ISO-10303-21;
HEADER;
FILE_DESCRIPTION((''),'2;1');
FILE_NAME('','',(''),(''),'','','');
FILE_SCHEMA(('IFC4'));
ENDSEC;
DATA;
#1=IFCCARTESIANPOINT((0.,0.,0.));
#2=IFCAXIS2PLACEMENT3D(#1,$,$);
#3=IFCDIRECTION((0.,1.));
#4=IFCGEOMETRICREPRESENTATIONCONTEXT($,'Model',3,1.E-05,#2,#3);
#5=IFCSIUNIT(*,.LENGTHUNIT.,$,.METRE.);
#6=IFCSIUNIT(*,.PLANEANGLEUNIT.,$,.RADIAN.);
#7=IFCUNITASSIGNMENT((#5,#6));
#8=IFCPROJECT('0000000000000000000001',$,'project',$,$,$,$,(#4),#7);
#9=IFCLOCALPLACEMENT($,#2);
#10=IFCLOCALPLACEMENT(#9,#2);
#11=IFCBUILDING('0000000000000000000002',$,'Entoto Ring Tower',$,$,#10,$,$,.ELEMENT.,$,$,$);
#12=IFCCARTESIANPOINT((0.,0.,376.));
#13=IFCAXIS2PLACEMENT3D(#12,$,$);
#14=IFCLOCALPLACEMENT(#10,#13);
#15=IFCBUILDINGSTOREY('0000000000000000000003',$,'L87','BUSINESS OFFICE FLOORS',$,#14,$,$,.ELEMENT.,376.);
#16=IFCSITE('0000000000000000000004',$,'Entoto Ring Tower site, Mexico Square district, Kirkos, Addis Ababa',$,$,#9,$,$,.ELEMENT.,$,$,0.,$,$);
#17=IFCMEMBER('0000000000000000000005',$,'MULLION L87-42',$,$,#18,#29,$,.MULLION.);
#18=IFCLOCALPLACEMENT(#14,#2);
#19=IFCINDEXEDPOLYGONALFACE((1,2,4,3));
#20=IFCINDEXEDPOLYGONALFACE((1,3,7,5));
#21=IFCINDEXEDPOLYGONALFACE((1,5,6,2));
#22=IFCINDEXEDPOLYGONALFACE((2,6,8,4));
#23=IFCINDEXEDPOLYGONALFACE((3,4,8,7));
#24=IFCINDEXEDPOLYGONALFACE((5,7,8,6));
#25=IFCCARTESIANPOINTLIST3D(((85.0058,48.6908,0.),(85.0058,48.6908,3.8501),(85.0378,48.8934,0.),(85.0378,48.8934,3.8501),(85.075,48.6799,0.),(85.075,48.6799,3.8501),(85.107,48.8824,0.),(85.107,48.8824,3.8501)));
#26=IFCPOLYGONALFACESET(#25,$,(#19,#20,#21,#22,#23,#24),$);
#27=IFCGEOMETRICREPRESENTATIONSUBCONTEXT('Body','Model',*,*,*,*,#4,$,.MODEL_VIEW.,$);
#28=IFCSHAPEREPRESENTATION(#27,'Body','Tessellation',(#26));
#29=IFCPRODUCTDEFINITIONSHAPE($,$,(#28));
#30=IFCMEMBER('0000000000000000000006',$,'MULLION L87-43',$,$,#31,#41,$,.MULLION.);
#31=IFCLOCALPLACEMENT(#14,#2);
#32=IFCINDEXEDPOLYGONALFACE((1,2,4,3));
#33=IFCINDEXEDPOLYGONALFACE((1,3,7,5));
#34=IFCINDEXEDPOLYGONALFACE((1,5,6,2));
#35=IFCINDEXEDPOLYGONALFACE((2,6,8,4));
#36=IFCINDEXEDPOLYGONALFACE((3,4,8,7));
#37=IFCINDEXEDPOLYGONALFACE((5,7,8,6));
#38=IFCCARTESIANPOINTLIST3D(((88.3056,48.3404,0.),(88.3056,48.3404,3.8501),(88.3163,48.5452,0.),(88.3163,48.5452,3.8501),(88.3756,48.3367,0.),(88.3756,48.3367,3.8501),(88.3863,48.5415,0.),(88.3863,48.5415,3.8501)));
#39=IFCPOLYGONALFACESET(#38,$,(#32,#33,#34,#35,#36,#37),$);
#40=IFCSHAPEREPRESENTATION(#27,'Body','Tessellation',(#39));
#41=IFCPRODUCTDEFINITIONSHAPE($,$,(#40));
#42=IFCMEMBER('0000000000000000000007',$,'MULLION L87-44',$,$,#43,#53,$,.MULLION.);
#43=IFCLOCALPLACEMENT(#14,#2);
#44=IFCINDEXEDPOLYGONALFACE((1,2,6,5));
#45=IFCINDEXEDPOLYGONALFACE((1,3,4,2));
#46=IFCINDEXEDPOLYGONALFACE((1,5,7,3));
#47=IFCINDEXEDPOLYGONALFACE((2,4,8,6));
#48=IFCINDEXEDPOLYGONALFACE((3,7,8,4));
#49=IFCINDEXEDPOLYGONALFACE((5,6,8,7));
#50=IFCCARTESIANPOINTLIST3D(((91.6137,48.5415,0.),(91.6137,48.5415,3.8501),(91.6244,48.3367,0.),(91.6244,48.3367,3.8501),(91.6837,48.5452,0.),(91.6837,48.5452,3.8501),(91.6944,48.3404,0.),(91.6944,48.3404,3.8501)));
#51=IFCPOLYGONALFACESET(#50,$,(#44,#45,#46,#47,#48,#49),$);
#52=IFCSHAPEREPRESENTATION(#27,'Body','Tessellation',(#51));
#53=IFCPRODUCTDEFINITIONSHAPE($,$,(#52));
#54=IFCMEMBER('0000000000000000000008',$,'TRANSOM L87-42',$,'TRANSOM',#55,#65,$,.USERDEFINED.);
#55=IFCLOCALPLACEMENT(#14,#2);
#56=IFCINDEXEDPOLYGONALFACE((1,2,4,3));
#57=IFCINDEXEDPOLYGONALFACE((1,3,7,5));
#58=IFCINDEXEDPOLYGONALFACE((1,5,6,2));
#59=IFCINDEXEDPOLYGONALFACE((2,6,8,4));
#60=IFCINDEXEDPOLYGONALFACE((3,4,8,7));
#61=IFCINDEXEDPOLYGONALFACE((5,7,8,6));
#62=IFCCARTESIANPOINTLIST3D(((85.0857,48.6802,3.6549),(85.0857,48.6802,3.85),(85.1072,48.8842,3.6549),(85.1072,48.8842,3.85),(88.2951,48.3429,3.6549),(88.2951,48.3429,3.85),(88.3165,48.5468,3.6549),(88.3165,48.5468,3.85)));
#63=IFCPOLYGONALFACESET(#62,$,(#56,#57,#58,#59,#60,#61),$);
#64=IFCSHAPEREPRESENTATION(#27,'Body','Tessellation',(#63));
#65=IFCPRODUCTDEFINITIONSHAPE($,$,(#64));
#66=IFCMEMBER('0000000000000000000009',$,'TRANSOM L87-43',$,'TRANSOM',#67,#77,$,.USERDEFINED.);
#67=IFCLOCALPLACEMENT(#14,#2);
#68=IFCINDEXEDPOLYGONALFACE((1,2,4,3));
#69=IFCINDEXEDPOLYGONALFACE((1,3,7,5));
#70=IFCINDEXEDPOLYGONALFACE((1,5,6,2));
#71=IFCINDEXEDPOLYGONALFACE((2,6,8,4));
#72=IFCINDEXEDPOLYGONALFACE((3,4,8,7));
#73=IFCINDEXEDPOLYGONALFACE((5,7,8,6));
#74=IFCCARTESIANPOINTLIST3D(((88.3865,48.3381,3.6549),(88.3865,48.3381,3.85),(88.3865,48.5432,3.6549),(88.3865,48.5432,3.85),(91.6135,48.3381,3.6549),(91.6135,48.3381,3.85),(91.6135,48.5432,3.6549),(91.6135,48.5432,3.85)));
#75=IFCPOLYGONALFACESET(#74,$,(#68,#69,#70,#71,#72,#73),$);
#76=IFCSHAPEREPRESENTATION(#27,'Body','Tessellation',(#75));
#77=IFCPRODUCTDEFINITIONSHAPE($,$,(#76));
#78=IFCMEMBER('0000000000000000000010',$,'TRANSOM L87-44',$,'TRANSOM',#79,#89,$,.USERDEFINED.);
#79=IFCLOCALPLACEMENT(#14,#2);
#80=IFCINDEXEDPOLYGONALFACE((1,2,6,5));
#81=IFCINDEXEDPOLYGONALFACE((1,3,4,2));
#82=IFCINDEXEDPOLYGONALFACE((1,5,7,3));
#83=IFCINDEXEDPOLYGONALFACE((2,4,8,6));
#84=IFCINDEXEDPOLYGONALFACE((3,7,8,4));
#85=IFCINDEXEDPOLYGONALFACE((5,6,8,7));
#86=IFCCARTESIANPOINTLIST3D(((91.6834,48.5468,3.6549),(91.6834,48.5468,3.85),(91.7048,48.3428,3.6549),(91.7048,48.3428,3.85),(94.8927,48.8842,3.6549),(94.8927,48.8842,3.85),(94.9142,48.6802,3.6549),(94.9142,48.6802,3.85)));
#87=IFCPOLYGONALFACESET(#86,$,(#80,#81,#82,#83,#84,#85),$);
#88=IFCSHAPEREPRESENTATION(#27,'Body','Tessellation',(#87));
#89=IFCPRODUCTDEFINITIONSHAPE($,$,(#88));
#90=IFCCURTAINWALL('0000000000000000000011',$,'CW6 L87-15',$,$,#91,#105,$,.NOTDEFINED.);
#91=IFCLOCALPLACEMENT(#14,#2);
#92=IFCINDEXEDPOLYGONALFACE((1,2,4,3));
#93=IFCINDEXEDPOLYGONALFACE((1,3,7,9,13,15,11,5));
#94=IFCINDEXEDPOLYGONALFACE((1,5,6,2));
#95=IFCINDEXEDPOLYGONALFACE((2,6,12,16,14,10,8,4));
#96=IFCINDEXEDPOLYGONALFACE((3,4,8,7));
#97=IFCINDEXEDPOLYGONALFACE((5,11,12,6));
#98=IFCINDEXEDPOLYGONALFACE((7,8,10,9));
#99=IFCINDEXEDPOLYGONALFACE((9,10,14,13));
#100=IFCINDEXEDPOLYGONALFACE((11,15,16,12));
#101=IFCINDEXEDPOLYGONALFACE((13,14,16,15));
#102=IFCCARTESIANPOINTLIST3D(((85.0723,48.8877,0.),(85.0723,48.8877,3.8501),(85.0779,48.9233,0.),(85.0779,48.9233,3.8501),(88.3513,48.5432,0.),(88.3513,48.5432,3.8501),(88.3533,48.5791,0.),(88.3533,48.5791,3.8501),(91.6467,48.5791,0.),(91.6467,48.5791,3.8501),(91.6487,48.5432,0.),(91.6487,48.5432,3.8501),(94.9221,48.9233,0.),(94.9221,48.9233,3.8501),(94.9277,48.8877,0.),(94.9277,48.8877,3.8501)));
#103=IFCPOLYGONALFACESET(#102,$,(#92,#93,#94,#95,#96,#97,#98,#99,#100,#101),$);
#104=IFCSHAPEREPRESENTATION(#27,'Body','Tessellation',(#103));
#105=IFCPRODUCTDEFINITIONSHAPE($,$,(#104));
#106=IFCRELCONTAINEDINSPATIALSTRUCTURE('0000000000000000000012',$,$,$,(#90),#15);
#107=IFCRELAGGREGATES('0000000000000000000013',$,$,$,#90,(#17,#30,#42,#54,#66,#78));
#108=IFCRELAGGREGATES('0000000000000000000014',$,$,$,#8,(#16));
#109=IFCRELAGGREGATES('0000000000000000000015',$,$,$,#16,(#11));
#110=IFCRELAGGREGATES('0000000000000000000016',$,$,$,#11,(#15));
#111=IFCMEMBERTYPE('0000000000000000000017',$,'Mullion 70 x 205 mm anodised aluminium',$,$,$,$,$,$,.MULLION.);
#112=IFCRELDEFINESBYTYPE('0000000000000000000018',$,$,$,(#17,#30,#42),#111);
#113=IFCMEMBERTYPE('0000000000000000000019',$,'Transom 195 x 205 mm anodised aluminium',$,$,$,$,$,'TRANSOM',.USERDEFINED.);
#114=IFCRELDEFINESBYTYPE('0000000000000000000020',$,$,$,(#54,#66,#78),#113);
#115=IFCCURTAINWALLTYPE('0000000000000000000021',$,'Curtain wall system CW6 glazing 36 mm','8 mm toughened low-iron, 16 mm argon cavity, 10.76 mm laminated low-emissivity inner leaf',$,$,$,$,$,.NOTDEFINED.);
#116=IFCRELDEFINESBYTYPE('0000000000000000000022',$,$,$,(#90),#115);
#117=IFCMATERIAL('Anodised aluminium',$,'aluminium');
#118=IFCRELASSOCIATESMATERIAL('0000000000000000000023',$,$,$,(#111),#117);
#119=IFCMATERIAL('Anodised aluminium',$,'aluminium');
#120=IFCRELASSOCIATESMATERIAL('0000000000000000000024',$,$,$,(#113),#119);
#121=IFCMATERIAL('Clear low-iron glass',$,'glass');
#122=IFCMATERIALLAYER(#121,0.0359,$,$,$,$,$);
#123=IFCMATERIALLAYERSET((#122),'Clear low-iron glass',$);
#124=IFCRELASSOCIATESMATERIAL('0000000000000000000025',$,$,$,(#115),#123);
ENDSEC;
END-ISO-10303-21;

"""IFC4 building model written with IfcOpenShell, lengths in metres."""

from ifc_helpers import new_model, si_unit, direction, frame, origin, origin_2d, place, context, subcontext, project, spatial, polyline, rectangle, outline, extrude, material, layer, layer_set, material_profile, profile_set, type_object, element, aggregate, save


model = new_model("IFC4")

# Units and contexts
model_context = context("Model", 3, precision=1e-05, world=origin(), true_north=direction((0.0, 1.0)))
body_context = subcontext(model_context, "Body", "Model", "MODEL_VIEW")
ifc_project = project(units=[si_unit("LENGTHUNIT", "METRE"), si_unit("PLANEANGLEUNIT", "RADIAN")], contexts=[model_context])

# Members
ifc_material_1 = material(Name="Anodised aluminium", Category="aluminium")
ifc_material_profile_1 = material_profile(ifc_material_1, rectangle(XDim=0.0701, YDim=0.2051, at=origin_2d()), Name="Mullion 70 x 205 mm anodised aluminium")
ifc_profile_set_1 = profile_set([ifc_material_profile_1], Name="Anodised aluminium")
member_type_1 = type_object("IfcMemberType", Name="Mullion 70 x 205 mm anodised aluminium", PredefinedType="MULLION", material=ifc_profile_set_1)
site_placement = place(None, origin())
building_placement = place(site_placement, origin())
storey_placement = place(building_placement, frame((0.0, 0.0, 376.0)))
member_1_placement = place(storey_placement, frame((85.0564, 48.7866, 0.0), z_axis=(0.0, 0.0, 1.0), x_axis=(0.987688, -0.156434, 0.0)))
member_1 = element("IfcMember", 1, at=member_1_placement, type_object=member_type_1, Name="MULLION L87-42", PredefinedType="MULLION", context=body_context, shape_type="SweptSolid", body=[
    extrude(rectangle(XDim=0.0701, YDim=0.2051, at=origin_2d()), origin(), (0.0, 0.0, 1.0), 3.8501),
])
member_2_placement = place(storey_placement, frame((88.3459, 48.4409, 0.0), z_axis=(0.0, 0.0, 1.0), x_axis=(0.99863, -0.052336, 0.0)))
member_2 = element("IfcMember", 2, at=member_2_placement, type_object=member_type_1, Name="MULLION L87-43", PredefinedType="MULLION", context=body_context, shape_type="SweptSolid", body=[
    extrude(rectangle(XDim=0.0701, YDim=0.2051, at=origin_2d()), origin(), (0.0, 0.0, 1.0), 3.8501),
])
member_3_placement = place(storey_placement, frame((91.6541, 48.4409, 0.0), z_axis=(0.0, 0.0, 1.0), x_axis=(0.99863, 0.052336, 0.0)))
member_3 = element("IfcMember", 3, at=member_3_placement, type_object=member_type_1, Name="MULLION L87-44", PredefinedType="MULLION", context=body_context, shape_type="SweptSolid", body=[
    extrude(rectangle(XDim=0.0701, YDim=0.2051, at=origin_2d()), origin(), (0.0, 0.0, 1.0), 3.8501),
])
ifc_material_2 = material(Name="Anodised aluminium", Category="aluminium")
ifc_material_profile_2 = material_profile(ifc_material_2, rectangle(XDim=0.2051, YDim=0.1951, at=origin_2d()), Name="Transom 195 x 205 mm anodised aluminium")
ifc_profile_set_2 = profile_set([ifc_material_profile_2], Name="Anodised aluminium")
member_type_2 = type_object("IfcMemberType", Name="Transom 195 x 205 mm anodised aluminium", ElementType="TRANSOM", PredefinedType="USERDEFINED", material=ifc_profile_set_2)
member_4_placement = place(storey_placement, frame((85.0964, 48.7822, 3.7524), z_axis=(0.99452, -0.104551, 0.0), x_axis=(0.104551, 0.99452, 0.0)))
member_4 = element("IfcMember", 4, at=member_4_placement, type_object=member_type_2, Name="TRANSOM L87-42", ObjectType="TRANSOM", PredefinedType="USERDEFINED", context=body_context, shape_type="SweptSolid", body=[
    extrude(rectangle(XDim=0.2051, YDim=0.1951, at=origin_2d()), origin(), (0.0, 0.0, 1.0), 3.2271),
])
member_5_placement = place(storey_placement, frame((88.3865, 48.4407, 3.7524), z_axis=(1.0, 0.0, 0.0), x_axis=(0.0, 1.0, 0.0)))
member_5 = element("IfcMember", 5, at=member_5_placement, type_object=member_type_2, Name="TRANSOM L87-43", ObjectType="TRANSOM", PredefinedType="USERDEFINED", context=body_context, shape_type="SweptSolid", body=[
    extrude(rectangle(XDim=0.2051, YDim=0.1951, at=origin_2d()), origin(), (0.0, 0.0, 1.0), 3.2271),
])
member_6_placement = place(storey_placement, frame((91.6941, 48.4448, 3.7524), z_axis=(0.99452, 0.104551, 0.0), x_axis=(-0.104551, 0.99452, 0.0)))
member_6 = element("IfcMember", 6, at=member_6_placement, type_object=member_type_2, Name="TRANSOM L87-44", ObjectType="TRANSOM", PredefinedType="USERDEFINED", context=body_context, shape_type="SweptSolid", body=[
    extrude(rectangle(XDim=0.2051, YDim=0.1951, at=origin_2d()), origin(), (0.0, 0.0, 1.0), 3.2271),
])

# Site, building, storey
site = spatial("IfcSite", under=ifc_project, at=site_placement, Name="Entoto Ring Tower site, Mexico Square district, Kirkos, Addis Ababa", CompositionType="ELEMENT", RefElevation=0.0)
building = spatial("IfcBuilding", under=site, at=building_placement, Name="Entoto Ring Tower", CompositionType="ELEMENT")
storey = spatial("IfcBuildingStorey", under=building, at=storey_placement, Name="L87", Description="BUSINESS OFFICE FLOORS", CompositionType="ELEMENT", Elevation=376.0)

# Curtain wall
ifc_material_3 = material(Name="Clear low-iron glass", Category="glass")
ifc_layer = layer(ifc_material_3, 0.0359)
ifc_layer_set = layer_set([ifc_layer], Name="Clear low-iron glass")
curtain_wall_type = type_object("IfcCurtainWallType", Name="Curtain wall system CW6 glazing 36 mm", Description="8 mm toughened low-iron, 16 mm argon cavity, 10.76 mm laminated low-emissivity inner leaf", PredefinedType="NOTDEFINED", material=ifc_layer_set)
curtain_wall_1_placement = place(storey_placement, origin())
curtain_wall_1 = element("IfcCurtainWall", 7, at=curtain_wall_1_placement, inside=storey, type_object=curtain_wall_type, Name="CW6 L87-15", PredefinedType="NOTDEFINED", context=body_context, shape_type="SweptSolid", body=[
    extrude(outline(polyline([(85.0723, 48.8877), (88.3513, 48.5432), (91.6487, 48.5432), (94.9277, 48.8877), (94.9221, 48.9233), (91.6467, 48.5791), (88.3533, 48.5791), (85.0779, 48.9233), (85.0723, 48.8877)])), origin(), (0.0, 0.0, 1.0), 3.8501),
])
aggregate(curtain_wall_1, [member_1, member_2, member_3, member_4, member_5, member_6])

save(model, "model.ifc")
